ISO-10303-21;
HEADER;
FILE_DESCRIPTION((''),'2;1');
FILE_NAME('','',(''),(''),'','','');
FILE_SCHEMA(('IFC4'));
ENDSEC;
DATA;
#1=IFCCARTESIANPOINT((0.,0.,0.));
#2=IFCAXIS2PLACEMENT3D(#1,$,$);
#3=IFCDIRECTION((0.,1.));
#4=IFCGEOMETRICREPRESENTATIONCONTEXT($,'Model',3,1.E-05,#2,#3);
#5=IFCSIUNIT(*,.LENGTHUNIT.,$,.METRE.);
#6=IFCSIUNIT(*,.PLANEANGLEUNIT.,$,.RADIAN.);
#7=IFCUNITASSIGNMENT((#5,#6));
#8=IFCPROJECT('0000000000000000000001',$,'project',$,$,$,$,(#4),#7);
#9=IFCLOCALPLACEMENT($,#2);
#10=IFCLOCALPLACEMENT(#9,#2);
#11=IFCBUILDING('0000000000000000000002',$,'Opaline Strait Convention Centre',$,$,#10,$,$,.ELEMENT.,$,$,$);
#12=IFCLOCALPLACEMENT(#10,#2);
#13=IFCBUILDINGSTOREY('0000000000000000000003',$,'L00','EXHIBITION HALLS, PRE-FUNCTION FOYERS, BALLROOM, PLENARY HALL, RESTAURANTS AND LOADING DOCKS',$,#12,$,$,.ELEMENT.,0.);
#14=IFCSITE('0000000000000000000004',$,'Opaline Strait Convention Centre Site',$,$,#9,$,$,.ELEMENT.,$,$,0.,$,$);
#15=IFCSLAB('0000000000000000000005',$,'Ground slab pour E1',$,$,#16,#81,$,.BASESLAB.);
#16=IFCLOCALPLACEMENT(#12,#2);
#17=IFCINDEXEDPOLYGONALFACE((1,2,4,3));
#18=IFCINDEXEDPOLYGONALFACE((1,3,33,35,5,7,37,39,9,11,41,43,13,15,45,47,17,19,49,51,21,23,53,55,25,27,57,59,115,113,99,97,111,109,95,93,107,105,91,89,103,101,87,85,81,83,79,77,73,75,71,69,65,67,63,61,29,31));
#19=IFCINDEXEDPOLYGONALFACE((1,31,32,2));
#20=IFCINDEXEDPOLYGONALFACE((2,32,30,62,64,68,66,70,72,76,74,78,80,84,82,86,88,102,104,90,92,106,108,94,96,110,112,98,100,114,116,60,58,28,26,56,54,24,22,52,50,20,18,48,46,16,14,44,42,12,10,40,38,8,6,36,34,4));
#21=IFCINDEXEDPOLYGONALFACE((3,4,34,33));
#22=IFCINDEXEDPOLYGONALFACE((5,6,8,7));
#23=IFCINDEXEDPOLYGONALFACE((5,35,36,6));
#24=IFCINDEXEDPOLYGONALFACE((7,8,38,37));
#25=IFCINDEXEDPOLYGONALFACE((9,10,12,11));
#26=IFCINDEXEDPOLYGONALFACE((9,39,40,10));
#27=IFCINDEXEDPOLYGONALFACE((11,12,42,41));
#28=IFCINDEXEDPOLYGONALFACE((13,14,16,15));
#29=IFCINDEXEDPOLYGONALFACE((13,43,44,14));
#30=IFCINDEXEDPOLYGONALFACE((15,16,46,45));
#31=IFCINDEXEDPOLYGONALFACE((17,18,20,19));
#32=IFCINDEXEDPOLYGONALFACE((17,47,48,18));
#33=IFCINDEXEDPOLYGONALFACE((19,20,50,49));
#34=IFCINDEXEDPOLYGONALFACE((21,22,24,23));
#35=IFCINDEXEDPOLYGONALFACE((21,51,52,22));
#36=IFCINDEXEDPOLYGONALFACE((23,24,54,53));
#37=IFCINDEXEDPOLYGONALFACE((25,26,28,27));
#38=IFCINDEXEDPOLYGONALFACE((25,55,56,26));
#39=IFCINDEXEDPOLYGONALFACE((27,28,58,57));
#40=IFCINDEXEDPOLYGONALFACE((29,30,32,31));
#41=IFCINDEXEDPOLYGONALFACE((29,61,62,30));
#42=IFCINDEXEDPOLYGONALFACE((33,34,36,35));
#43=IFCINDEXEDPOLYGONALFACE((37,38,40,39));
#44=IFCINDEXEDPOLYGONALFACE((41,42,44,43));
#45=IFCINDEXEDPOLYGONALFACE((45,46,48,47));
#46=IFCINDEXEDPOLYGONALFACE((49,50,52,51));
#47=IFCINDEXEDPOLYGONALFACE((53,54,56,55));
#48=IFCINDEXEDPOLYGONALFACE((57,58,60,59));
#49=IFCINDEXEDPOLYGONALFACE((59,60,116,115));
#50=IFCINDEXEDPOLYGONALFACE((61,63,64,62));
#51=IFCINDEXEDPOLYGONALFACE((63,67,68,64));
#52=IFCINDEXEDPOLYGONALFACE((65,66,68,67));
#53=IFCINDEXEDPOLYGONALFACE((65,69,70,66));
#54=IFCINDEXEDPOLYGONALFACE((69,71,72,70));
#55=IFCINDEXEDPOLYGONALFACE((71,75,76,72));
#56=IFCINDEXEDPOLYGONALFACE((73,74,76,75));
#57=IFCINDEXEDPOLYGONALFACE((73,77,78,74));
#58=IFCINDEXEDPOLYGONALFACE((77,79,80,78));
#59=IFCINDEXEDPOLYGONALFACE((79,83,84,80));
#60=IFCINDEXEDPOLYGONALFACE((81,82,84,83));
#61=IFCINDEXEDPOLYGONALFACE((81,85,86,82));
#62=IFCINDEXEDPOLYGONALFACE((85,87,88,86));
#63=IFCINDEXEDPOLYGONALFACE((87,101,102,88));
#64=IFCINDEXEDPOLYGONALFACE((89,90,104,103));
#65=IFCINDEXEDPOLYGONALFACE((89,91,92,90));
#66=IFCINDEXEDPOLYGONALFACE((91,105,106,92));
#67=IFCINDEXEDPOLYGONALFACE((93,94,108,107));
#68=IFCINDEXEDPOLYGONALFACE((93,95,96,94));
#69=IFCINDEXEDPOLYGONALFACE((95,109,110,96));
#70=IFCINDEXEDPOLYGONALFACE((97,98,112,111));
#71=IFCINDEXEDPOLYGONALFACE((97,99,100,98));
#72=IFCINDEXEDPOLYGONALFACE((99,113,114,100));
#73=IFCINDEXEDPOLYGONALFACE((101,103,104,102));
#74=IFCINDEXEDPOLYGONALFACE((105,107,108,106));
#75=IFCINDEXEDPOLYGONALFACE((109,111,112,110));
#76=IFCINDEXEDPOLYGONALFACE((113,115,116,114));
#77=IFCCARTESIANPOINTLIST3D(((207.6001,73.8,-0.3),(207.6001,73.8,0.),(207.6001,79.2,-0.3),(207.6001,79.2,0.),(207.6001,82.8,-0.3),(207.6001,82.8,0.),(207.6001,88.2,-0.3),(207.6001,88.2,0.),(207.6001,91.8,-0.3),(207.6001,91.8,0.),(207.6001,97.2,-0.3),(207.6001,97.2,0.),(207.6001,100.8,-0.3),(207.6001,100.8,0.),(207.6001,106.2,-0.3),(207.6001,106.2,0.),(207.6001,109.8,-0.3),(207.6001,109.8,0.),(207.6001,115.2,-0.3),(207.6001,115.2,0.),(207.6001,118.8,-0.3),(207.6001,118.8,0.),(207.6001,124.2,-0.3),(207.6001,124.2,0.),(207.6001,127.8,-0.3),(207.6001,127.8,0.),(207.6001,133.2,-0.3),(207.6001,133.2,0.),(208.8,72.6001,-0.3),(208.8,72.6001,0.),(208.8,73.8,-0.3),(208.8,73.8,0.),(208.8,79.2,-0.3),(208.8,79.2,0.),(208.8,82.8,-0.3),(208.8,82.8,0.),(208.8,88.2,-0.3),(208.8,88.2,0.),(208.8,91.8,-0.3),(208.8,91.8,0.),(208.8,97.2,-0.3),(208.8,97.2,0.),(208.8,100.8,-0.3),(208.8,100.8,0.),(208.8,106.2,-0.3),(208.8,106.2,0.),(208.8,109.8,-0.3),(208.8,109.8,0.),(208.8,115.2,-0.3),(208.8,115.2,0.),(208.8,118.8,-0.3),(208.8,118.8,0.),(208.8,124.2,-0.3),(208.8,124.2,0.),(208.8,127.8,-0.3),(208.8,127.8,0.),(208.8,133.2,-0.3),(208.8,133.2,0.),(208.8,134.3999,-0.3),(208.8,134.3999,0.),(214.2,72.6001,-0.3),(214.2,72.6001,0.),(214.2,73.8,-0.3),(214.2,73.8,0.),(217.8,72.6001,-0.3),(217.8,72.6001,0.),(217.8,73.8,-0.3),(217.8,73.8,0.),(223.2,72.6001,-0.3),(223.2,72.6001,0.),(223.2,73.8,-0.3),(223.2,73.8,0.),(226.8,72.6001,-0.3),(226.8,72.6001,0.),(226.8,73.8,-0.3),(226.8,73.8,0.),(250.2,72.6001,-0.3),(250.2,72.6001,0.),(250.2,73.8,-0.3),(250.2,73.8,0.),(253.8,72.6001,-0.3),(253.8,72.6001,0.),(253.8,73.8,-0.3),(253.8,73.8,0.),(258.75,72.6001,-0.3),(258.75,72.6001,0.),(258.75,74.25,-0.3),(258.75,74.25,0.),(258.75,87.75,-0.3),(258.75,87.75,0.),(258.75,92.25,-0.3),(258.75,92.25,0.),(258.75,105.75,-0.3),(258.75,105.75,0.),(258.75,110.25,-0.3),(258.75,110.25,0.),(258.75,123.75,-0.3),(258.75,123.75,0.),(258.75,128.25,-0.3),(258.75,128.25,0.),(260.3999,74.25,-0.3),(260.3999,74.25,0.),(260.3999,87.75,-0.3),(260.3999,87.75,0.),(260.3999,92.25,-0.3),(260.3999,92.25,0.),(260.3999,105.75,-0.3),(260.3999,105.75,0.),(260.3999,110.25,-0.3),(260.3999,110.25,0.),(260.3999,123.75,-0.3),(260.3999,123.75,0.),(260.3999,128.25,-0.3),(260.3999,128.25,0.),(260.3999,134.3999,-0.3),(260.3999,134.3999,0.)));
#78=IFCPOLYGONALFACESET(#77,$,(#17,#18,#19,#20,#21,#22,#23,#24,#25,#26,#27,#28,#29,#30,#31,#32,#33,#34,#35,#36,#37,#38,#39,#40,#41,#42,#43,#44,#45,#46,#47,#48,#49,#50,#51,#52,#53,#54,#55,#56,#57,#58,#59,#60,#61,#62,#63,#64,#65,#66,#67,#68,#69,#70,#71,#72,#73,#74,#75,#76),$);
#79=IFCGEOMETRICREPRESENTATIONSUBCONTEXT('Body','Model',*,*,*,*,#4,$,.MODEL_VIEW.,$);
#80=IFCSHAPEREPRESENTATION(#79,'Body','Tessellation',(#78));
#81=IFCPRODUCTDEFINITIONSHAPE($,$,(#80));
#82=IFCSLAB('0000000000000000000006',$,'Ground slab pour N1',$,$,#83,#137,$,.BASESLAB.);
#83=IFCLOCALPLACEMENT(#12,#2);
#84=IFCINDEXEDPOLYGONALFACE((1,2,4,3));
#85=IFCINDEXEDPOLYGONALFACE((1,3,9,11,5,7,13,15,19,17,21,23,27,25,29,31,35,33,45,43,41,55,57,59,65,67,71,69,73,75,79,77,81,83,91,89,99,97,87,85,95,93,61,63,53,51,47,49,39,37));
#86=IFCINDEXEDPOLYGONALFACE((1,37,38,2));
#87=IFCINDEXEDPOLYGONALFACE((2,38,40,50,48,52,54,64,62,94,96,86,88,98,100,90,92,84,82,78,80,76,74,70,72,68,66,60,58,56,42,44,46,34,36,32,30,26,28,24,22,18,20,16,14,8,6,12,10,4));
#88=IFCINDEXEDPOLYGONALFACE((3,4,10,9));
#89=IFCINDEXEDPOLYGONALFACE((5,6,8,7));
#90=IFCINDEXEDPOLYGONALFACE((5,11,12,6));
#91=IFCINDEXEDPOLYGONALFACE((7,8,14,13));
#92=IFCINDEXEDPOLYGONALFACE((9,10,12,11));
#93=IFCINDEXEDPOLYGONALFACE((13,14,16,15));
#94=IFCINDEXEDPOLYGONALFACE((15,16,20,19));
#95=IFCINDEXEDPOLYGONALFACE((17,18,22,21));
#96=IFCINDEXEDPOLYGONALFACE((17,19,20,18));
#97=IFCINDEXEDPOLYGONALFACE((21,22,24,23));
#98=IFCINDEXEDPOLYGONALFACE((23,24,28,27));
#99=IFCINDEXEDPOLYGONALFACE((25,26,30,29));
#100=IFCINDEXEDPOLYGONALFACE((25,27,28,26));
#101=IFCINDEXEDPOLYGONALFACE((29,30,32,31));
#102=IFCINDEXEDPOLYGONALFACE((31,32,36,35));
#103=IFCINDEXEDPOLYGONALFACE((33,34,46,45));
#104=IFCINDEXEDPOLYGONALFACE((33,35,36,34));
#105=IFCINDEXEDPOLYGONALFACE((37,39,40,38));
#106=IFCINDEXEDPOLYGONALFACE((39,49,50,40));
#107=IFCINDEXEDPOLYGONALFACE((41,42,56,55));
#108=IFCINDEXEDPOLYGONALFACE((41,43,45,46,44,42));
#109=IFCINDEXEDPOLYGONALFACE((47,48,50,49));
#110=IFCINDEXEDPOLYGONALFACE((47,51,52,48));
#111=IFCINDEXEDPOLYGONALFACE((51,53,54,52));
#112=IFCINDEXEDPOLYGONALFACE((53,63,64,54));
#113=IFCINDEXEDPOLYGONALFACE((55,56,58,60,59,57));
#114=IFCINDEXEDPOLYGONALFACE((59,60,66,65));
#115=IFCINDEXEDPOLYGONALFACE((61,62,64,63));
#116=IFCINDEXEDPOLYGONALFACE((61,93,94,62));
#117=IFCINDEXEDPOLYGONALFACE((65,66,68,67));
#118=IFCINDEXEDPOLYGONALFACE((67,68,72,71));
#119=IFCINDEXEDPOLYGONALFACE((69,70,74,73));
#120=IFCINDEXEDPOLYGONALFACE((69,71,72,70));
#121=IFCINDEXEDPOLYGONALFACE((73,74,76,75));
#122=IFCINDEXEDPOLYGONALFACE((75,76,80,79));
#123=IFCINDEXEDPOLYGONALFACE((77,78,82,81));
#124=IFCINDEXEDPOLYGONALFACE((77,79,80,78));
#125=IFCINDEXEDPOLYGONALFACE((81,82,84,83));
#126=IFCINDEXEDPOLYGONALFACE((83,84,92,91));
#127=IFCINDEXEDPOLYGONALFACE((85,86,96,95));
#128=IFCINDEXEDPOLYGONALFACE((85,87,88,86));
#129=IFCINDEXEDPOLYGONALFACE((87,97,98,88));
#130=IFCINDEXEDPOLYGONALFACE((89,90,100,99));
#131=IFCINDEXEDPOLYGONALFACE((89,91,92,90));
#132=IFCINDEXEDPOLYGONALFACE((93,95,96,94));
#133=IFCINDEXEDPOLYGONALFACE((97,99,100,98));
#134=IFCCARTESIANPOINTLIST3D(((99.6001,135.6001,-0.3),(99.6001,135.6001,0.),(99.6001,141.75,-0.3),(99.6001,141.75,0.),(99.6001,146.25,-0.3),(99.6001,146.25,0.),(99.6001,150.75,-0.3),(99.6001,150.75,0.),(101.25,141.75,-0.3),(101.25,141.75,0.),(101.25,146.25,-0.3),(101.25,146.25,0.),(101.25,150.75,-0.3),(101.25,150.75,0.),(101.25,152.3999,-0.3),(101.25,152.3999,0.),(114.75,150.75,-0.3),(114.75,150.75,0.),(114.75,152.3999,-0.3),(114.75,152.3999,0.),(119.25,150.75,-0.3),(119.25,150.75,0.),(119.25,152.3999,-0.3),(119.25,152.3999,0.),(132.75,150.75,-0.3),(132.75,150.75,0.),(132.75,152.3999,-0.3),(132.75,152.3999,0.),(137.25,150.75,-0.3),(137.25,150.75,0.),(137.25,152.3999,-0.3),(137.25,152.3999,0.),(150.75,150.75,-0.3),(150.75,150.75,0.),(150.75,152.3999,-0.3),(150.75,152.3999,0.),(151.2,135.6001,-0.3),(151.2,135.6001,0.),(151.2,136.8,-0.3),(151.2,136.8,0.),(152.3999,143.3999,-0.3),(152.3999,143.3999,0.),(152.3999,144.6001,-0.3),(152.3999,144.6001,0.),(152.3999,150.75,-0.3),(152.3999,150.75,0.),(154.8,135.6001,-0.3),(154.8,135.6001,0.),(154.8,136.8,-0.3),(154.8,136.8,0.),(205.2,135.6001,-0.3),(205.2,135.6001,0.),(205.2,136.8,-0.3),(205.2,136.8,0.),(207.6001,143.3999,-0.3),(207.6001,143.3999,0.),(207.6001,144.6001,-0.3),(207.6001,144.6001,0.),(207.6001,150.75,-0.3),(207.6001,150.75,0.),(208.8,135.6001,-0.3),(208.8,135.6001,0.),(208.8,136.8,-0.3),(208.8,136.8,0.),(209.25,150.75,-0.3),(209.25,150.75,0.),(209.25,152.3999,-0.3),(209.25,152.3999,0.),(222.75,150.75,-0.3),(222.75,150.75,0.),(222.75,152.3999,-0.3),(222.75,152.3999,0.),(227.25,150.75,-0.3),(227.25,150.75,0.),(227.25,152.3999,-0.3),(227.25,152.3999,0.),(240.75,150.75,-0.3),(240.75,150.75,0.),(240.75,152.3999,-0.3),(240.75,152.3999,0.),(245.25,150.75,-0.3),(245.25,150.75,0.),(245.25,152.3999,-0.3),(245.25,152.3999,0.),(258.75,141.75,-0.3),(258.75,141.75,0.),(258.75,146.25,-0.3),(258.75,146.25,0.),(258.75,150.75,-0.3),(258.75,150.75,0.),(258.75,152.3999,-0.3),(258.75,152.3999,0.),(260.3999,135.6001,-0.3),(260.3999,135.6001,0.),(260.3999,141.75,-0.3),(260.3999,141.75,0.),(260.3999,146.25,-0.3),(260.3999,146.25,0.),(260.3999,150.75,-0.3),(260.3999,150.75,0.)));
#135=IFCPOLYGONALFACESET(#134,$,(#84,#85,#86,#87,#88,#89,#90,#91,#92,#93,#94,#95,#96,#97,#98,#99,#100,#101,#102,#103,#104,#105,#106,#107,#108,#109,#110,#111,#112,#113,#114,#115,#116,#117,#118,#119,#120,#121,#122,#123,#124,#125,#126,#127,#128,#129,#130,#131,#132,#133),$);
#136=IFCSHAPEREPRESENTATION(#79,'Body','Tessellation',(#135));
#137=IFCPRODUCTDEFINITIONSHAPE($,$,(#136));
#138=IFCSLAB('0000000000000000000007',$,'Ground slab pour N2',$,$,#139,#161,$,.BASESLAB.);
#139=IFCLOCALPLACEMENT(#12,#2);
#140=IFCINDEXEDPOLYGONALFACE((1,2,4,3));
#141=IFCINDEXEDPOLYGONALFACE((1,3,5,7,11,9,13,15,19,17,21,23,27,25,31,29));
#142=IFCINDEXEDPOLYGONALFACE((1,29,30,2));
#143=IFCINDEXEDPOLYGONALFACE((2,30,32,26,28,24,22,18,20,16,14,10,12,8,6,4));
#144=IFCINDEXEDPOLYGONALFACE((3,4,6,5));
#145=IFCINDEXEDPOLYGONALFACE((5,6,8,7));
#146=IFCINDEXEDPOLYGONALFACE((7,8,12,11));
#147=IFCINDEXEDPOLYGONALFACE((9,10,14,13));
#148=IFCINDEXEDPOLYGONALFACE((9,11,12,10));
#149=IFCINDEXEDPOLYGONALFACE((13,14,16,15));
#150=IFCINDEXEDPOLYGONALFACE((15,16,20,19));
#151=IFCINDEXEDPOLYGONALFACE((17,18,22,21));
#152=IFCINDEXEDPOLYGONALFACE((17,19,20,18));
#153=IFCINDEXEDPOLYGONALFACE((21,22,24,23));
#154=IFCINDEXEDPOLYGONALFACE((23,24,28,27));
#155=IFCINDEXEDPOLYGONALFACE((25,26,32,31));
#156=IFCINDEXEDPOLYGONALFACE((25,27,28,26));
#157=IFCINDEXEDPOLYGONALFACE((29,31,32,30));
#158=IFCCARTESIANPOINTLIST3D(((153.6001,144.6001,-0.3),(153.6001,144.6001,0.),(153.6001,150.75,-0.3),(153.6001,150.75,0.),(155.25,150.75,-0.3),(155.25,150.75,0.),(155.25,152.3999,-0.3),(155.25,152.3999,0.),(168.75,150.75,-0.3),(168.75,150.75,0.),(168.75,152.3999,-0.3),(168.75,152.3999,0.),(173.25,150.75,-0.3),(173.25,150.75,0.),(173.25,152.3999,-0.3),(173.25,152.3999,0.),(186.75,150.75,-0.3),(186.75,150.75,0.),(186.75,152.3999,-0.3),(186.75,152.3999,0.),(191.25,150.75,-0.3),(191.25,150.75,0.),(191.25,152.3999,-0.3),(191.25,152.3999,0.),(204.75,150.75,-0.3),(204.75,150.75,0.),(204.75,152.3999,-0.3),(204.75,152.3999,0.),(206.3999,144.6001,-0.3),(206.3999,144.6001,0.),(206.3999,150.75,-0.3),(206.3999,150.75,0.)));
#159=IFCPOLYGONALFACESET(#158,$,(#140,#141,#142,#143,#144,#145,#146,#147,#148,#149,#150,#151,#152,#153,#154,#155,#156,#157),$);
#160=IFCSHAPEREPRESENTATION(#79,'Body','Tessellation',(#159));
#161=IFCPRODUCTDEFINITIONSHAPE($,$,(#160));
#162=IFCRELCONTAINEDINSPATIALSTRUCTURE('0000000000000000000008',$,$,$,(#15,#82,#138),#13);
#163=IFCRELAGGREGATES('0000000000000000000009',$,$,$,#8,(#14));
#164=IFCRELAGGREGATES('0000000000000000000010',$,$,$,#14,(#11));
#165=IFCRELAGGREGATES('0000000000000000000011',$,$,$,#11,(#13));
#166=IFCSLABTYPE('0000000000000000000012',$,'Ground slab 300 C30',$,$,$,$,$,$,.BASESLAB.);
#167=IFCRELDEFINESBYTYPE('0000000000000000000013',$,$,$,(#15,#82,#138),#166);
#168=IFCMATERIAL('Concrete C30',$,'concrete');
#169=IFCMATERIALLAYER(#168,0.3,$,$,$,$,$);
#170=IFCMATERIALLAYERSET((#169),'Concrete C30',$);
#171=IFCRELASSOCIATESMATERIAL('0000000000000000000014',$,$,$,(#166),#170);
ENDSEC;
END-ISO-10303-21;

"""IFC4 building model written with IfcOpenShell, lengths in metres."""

from ifc_helpers import new_model, si_unit, direction, frame, origin, place, context, subcontext, project, spatial, polyline, outline, extrude, material, layer, layer_set, type_object, element, save


model = new_model("IFC4")

# Units and contexts
model_context = context("Model", 3, precision=1e-05, world=origin(), true_north=direction((0.0, 1.0)))
body_context = subcontext(model_context, "Body", "Model", "MODEL_VIEW")
ifc_project = project(units=[si_unit("LENGTHUNIT", "METRE"), si_unit("PLANEANGLEUNIT", "RADIAN")], contexts=[model_context])

# Site, building, storey
site_placement = place(None, origin())
site = spatial("IfcSite", under=ifc_project, at=site_placement, Name="Opaline Strait Convention Centre Site", CompositionType="ELEMENT", RefElevation=0.0)
building_placement = place(site_placement, origin())
building = spatial("IfcBuilding", under=site, at=building_placement, Name="Opaline Strait Convention Centre", CompositionType="ELEMENT")
storey_placement = place(building_placement, origin())
storey = spatial("IfcBuildingStorey", under=building, at=storey_placement, Name="L00", Description="EXHIBITION HALLS, PRE-FUNCTION FOYERS, BALLROOM, PLENARY HALL, RESTAURANTS AND LOADING DOCKS", CompositionType="ELEMENT", Elevation=0.0)

# Slabs
ifc_material_1 = material(Name="Concrete C30", Category="concrete")
ifc_layer_1 = layer(ifc_material_1, 0.3)
ifc_layer_set_1 = layer_set([ifc_layer_1], Name="Concrete C30")
slab_type = type_object("IfcSlabType", Name="Ground slab 300 C30", PredefinedType="BASESLAB", material=ifc_layer_set_1)
slab_1_placement = place(storey_placement, frame((0.0, 0.0, -0.3)))
element("IfcSlab", 1, at=slab_1_placement, inside=storey, type_object=slab_type, Name="Ground slab pour E1", PredefinedType="BASESLAB", context=body_context, shape_type="SweptSolid", body=[
    extrude(outline(polyline([(207.6001, 73.8), (207.6001, 79.2), (208.8, 79.2), (208.8, 82.8), (207.6001, 82.8), (207.6001, 88.2), (208.8, 88.2), (208.8, 91.8), (207.6001, 91.8), (207.6001, 97.2), (208.8, 97.2), (208.8, 100.8), (207.6001, 100.8), (207.6001, 106.2), (208.8, 106.2), (208.8, 109.8), (207.6001, 109.8), (207.6001, 115.2), (208.8, 115.2), (208.8, 118.8), (207.6001, 118.8), (207.6001, 124.2), (208.8, 124.2), (208.8, 127.8), (207.6001, 127.8), (207.6001, 133.2), (208.8, 133.2), (208.8, 134.3999), (260.3999, 134.3999), (260.3999, 128.25), (258.75, 128.25), (258.75, 123.75), (260.3999, 123.75), (260.3999, 110.25), (258.75, 110.25), (258.75, 105.75), (260.3999, 105.75), (260.3999, 92.25), (258.75, 92.25), (258.75, 87.75), (260.3999, 87.75), (260.3999, 74.25), (258.75, 74.25), (258.75, 72.6001), (253.8, 72.6001), (253.8, 73.8), (250.2, 73.8), (250.2, 72.6001), (226.8, 72.6001), (226.8, 73.8), (223.2, 73.8), (223.2, 72.6001), (217.8, 72.6001), (217.8, 73.8), (214.2, 73.8), (214.2, 72.6001), (208.8, 72.6001), (208.8, 73.8), (207.6001, 73.8)])), origin(), (0.0, 0.0, 1.0), 0.3),
])
slab_2_placement = place(storey_placement, frame((0.0, 0.0, -0.3)))
element("IfcSlab", 2, at=slab_2_placement, inside=storey, type_object=slab_type, Name="Ground slab pour N1", PredefinedType="BASESLAB", context=body_context, shape_type="SweptSolid", body=[
    extrude(outline(polyline([(99.6001, 135.6001), (99.6001, 141.75), (101.25, 141.75), (101.25, 146.25), (99.6001, 146.25), (99.6001, 150.75), (101.25, 150.75), (101.25, 152.3999), (114.75, 152.3999), (114.75, 150.75), (119.25, 150.75), (119.25, 152.3999), (132.75, 152.3999), (132.75, 150.75), (137.25, 150.75), (137.25, 152.3999), (150.75, 152.3999), (150.75, 150.75), (152.3999, 150.75), (152.3999, 144.6001), (152.3999, 143.3999), (207.6001, 143.3999), (207.6001, 144.6001), (207.6001, 150.75), (209.25, 150.75), (209.25, 152.3999), (222.75, 152.3999), (222.75, 150.75), (227.25, 150.75), (227.25, 152.3999), (240.75, 152.3999), (240.75, 150.75), (245.25, 150.75), (245.25, 152.3999), (258.75, 152.3999), (258.75, 150.75), (260.3999, 150.75), (260.3999, 146.25), (258.75, 146.25), (258.75, 141.75), (260.3999, 141.75), (260.3999, 135.6001), (208.8, 135.6001), (208.8, 136.8), (205.2, 136.8), (205.2, 135.6001), (154.8, 135.6001), (154.8, 136.8), (151.2, 136.8), (151.2, 135.6001), (99.6001, 135.6001)])), origin(), (0.0, 0.0, 1.0), 0.3),
])
slab_3_placement = place(storey_placement, frame((0.0, 0.0, -0.3)))
element("IfcSlab", 3, at=slab_3_placement, inside=storey, type_object=slab_type, Name="Ground slab pour N2", PredefinedType="BASESLAB", context=body_context, shape_type="SweptSolid", body=[
    extrude(outline(polyline([(153.6001, 144.6001), (153.6001, 150.75), (155.25, 150.75), (155.25, 152.3999), (168.75, 152.3999), (168.75, 150.75), (173.25, 150.75), (173.25, 152.3999), (186.75, 152.3999), (186.75, 150.75), (191.25, 150.75), (191.25, 152.3999), (204.75, 152.3999), (204.75, 150.75), (206.3999, 150.75), (206.3999, 144.6001), (153.6001, 144.6001)])), origin(), (0.0, 0.0, 1.0), 0.3),
])

save(model, "model.ifc")
